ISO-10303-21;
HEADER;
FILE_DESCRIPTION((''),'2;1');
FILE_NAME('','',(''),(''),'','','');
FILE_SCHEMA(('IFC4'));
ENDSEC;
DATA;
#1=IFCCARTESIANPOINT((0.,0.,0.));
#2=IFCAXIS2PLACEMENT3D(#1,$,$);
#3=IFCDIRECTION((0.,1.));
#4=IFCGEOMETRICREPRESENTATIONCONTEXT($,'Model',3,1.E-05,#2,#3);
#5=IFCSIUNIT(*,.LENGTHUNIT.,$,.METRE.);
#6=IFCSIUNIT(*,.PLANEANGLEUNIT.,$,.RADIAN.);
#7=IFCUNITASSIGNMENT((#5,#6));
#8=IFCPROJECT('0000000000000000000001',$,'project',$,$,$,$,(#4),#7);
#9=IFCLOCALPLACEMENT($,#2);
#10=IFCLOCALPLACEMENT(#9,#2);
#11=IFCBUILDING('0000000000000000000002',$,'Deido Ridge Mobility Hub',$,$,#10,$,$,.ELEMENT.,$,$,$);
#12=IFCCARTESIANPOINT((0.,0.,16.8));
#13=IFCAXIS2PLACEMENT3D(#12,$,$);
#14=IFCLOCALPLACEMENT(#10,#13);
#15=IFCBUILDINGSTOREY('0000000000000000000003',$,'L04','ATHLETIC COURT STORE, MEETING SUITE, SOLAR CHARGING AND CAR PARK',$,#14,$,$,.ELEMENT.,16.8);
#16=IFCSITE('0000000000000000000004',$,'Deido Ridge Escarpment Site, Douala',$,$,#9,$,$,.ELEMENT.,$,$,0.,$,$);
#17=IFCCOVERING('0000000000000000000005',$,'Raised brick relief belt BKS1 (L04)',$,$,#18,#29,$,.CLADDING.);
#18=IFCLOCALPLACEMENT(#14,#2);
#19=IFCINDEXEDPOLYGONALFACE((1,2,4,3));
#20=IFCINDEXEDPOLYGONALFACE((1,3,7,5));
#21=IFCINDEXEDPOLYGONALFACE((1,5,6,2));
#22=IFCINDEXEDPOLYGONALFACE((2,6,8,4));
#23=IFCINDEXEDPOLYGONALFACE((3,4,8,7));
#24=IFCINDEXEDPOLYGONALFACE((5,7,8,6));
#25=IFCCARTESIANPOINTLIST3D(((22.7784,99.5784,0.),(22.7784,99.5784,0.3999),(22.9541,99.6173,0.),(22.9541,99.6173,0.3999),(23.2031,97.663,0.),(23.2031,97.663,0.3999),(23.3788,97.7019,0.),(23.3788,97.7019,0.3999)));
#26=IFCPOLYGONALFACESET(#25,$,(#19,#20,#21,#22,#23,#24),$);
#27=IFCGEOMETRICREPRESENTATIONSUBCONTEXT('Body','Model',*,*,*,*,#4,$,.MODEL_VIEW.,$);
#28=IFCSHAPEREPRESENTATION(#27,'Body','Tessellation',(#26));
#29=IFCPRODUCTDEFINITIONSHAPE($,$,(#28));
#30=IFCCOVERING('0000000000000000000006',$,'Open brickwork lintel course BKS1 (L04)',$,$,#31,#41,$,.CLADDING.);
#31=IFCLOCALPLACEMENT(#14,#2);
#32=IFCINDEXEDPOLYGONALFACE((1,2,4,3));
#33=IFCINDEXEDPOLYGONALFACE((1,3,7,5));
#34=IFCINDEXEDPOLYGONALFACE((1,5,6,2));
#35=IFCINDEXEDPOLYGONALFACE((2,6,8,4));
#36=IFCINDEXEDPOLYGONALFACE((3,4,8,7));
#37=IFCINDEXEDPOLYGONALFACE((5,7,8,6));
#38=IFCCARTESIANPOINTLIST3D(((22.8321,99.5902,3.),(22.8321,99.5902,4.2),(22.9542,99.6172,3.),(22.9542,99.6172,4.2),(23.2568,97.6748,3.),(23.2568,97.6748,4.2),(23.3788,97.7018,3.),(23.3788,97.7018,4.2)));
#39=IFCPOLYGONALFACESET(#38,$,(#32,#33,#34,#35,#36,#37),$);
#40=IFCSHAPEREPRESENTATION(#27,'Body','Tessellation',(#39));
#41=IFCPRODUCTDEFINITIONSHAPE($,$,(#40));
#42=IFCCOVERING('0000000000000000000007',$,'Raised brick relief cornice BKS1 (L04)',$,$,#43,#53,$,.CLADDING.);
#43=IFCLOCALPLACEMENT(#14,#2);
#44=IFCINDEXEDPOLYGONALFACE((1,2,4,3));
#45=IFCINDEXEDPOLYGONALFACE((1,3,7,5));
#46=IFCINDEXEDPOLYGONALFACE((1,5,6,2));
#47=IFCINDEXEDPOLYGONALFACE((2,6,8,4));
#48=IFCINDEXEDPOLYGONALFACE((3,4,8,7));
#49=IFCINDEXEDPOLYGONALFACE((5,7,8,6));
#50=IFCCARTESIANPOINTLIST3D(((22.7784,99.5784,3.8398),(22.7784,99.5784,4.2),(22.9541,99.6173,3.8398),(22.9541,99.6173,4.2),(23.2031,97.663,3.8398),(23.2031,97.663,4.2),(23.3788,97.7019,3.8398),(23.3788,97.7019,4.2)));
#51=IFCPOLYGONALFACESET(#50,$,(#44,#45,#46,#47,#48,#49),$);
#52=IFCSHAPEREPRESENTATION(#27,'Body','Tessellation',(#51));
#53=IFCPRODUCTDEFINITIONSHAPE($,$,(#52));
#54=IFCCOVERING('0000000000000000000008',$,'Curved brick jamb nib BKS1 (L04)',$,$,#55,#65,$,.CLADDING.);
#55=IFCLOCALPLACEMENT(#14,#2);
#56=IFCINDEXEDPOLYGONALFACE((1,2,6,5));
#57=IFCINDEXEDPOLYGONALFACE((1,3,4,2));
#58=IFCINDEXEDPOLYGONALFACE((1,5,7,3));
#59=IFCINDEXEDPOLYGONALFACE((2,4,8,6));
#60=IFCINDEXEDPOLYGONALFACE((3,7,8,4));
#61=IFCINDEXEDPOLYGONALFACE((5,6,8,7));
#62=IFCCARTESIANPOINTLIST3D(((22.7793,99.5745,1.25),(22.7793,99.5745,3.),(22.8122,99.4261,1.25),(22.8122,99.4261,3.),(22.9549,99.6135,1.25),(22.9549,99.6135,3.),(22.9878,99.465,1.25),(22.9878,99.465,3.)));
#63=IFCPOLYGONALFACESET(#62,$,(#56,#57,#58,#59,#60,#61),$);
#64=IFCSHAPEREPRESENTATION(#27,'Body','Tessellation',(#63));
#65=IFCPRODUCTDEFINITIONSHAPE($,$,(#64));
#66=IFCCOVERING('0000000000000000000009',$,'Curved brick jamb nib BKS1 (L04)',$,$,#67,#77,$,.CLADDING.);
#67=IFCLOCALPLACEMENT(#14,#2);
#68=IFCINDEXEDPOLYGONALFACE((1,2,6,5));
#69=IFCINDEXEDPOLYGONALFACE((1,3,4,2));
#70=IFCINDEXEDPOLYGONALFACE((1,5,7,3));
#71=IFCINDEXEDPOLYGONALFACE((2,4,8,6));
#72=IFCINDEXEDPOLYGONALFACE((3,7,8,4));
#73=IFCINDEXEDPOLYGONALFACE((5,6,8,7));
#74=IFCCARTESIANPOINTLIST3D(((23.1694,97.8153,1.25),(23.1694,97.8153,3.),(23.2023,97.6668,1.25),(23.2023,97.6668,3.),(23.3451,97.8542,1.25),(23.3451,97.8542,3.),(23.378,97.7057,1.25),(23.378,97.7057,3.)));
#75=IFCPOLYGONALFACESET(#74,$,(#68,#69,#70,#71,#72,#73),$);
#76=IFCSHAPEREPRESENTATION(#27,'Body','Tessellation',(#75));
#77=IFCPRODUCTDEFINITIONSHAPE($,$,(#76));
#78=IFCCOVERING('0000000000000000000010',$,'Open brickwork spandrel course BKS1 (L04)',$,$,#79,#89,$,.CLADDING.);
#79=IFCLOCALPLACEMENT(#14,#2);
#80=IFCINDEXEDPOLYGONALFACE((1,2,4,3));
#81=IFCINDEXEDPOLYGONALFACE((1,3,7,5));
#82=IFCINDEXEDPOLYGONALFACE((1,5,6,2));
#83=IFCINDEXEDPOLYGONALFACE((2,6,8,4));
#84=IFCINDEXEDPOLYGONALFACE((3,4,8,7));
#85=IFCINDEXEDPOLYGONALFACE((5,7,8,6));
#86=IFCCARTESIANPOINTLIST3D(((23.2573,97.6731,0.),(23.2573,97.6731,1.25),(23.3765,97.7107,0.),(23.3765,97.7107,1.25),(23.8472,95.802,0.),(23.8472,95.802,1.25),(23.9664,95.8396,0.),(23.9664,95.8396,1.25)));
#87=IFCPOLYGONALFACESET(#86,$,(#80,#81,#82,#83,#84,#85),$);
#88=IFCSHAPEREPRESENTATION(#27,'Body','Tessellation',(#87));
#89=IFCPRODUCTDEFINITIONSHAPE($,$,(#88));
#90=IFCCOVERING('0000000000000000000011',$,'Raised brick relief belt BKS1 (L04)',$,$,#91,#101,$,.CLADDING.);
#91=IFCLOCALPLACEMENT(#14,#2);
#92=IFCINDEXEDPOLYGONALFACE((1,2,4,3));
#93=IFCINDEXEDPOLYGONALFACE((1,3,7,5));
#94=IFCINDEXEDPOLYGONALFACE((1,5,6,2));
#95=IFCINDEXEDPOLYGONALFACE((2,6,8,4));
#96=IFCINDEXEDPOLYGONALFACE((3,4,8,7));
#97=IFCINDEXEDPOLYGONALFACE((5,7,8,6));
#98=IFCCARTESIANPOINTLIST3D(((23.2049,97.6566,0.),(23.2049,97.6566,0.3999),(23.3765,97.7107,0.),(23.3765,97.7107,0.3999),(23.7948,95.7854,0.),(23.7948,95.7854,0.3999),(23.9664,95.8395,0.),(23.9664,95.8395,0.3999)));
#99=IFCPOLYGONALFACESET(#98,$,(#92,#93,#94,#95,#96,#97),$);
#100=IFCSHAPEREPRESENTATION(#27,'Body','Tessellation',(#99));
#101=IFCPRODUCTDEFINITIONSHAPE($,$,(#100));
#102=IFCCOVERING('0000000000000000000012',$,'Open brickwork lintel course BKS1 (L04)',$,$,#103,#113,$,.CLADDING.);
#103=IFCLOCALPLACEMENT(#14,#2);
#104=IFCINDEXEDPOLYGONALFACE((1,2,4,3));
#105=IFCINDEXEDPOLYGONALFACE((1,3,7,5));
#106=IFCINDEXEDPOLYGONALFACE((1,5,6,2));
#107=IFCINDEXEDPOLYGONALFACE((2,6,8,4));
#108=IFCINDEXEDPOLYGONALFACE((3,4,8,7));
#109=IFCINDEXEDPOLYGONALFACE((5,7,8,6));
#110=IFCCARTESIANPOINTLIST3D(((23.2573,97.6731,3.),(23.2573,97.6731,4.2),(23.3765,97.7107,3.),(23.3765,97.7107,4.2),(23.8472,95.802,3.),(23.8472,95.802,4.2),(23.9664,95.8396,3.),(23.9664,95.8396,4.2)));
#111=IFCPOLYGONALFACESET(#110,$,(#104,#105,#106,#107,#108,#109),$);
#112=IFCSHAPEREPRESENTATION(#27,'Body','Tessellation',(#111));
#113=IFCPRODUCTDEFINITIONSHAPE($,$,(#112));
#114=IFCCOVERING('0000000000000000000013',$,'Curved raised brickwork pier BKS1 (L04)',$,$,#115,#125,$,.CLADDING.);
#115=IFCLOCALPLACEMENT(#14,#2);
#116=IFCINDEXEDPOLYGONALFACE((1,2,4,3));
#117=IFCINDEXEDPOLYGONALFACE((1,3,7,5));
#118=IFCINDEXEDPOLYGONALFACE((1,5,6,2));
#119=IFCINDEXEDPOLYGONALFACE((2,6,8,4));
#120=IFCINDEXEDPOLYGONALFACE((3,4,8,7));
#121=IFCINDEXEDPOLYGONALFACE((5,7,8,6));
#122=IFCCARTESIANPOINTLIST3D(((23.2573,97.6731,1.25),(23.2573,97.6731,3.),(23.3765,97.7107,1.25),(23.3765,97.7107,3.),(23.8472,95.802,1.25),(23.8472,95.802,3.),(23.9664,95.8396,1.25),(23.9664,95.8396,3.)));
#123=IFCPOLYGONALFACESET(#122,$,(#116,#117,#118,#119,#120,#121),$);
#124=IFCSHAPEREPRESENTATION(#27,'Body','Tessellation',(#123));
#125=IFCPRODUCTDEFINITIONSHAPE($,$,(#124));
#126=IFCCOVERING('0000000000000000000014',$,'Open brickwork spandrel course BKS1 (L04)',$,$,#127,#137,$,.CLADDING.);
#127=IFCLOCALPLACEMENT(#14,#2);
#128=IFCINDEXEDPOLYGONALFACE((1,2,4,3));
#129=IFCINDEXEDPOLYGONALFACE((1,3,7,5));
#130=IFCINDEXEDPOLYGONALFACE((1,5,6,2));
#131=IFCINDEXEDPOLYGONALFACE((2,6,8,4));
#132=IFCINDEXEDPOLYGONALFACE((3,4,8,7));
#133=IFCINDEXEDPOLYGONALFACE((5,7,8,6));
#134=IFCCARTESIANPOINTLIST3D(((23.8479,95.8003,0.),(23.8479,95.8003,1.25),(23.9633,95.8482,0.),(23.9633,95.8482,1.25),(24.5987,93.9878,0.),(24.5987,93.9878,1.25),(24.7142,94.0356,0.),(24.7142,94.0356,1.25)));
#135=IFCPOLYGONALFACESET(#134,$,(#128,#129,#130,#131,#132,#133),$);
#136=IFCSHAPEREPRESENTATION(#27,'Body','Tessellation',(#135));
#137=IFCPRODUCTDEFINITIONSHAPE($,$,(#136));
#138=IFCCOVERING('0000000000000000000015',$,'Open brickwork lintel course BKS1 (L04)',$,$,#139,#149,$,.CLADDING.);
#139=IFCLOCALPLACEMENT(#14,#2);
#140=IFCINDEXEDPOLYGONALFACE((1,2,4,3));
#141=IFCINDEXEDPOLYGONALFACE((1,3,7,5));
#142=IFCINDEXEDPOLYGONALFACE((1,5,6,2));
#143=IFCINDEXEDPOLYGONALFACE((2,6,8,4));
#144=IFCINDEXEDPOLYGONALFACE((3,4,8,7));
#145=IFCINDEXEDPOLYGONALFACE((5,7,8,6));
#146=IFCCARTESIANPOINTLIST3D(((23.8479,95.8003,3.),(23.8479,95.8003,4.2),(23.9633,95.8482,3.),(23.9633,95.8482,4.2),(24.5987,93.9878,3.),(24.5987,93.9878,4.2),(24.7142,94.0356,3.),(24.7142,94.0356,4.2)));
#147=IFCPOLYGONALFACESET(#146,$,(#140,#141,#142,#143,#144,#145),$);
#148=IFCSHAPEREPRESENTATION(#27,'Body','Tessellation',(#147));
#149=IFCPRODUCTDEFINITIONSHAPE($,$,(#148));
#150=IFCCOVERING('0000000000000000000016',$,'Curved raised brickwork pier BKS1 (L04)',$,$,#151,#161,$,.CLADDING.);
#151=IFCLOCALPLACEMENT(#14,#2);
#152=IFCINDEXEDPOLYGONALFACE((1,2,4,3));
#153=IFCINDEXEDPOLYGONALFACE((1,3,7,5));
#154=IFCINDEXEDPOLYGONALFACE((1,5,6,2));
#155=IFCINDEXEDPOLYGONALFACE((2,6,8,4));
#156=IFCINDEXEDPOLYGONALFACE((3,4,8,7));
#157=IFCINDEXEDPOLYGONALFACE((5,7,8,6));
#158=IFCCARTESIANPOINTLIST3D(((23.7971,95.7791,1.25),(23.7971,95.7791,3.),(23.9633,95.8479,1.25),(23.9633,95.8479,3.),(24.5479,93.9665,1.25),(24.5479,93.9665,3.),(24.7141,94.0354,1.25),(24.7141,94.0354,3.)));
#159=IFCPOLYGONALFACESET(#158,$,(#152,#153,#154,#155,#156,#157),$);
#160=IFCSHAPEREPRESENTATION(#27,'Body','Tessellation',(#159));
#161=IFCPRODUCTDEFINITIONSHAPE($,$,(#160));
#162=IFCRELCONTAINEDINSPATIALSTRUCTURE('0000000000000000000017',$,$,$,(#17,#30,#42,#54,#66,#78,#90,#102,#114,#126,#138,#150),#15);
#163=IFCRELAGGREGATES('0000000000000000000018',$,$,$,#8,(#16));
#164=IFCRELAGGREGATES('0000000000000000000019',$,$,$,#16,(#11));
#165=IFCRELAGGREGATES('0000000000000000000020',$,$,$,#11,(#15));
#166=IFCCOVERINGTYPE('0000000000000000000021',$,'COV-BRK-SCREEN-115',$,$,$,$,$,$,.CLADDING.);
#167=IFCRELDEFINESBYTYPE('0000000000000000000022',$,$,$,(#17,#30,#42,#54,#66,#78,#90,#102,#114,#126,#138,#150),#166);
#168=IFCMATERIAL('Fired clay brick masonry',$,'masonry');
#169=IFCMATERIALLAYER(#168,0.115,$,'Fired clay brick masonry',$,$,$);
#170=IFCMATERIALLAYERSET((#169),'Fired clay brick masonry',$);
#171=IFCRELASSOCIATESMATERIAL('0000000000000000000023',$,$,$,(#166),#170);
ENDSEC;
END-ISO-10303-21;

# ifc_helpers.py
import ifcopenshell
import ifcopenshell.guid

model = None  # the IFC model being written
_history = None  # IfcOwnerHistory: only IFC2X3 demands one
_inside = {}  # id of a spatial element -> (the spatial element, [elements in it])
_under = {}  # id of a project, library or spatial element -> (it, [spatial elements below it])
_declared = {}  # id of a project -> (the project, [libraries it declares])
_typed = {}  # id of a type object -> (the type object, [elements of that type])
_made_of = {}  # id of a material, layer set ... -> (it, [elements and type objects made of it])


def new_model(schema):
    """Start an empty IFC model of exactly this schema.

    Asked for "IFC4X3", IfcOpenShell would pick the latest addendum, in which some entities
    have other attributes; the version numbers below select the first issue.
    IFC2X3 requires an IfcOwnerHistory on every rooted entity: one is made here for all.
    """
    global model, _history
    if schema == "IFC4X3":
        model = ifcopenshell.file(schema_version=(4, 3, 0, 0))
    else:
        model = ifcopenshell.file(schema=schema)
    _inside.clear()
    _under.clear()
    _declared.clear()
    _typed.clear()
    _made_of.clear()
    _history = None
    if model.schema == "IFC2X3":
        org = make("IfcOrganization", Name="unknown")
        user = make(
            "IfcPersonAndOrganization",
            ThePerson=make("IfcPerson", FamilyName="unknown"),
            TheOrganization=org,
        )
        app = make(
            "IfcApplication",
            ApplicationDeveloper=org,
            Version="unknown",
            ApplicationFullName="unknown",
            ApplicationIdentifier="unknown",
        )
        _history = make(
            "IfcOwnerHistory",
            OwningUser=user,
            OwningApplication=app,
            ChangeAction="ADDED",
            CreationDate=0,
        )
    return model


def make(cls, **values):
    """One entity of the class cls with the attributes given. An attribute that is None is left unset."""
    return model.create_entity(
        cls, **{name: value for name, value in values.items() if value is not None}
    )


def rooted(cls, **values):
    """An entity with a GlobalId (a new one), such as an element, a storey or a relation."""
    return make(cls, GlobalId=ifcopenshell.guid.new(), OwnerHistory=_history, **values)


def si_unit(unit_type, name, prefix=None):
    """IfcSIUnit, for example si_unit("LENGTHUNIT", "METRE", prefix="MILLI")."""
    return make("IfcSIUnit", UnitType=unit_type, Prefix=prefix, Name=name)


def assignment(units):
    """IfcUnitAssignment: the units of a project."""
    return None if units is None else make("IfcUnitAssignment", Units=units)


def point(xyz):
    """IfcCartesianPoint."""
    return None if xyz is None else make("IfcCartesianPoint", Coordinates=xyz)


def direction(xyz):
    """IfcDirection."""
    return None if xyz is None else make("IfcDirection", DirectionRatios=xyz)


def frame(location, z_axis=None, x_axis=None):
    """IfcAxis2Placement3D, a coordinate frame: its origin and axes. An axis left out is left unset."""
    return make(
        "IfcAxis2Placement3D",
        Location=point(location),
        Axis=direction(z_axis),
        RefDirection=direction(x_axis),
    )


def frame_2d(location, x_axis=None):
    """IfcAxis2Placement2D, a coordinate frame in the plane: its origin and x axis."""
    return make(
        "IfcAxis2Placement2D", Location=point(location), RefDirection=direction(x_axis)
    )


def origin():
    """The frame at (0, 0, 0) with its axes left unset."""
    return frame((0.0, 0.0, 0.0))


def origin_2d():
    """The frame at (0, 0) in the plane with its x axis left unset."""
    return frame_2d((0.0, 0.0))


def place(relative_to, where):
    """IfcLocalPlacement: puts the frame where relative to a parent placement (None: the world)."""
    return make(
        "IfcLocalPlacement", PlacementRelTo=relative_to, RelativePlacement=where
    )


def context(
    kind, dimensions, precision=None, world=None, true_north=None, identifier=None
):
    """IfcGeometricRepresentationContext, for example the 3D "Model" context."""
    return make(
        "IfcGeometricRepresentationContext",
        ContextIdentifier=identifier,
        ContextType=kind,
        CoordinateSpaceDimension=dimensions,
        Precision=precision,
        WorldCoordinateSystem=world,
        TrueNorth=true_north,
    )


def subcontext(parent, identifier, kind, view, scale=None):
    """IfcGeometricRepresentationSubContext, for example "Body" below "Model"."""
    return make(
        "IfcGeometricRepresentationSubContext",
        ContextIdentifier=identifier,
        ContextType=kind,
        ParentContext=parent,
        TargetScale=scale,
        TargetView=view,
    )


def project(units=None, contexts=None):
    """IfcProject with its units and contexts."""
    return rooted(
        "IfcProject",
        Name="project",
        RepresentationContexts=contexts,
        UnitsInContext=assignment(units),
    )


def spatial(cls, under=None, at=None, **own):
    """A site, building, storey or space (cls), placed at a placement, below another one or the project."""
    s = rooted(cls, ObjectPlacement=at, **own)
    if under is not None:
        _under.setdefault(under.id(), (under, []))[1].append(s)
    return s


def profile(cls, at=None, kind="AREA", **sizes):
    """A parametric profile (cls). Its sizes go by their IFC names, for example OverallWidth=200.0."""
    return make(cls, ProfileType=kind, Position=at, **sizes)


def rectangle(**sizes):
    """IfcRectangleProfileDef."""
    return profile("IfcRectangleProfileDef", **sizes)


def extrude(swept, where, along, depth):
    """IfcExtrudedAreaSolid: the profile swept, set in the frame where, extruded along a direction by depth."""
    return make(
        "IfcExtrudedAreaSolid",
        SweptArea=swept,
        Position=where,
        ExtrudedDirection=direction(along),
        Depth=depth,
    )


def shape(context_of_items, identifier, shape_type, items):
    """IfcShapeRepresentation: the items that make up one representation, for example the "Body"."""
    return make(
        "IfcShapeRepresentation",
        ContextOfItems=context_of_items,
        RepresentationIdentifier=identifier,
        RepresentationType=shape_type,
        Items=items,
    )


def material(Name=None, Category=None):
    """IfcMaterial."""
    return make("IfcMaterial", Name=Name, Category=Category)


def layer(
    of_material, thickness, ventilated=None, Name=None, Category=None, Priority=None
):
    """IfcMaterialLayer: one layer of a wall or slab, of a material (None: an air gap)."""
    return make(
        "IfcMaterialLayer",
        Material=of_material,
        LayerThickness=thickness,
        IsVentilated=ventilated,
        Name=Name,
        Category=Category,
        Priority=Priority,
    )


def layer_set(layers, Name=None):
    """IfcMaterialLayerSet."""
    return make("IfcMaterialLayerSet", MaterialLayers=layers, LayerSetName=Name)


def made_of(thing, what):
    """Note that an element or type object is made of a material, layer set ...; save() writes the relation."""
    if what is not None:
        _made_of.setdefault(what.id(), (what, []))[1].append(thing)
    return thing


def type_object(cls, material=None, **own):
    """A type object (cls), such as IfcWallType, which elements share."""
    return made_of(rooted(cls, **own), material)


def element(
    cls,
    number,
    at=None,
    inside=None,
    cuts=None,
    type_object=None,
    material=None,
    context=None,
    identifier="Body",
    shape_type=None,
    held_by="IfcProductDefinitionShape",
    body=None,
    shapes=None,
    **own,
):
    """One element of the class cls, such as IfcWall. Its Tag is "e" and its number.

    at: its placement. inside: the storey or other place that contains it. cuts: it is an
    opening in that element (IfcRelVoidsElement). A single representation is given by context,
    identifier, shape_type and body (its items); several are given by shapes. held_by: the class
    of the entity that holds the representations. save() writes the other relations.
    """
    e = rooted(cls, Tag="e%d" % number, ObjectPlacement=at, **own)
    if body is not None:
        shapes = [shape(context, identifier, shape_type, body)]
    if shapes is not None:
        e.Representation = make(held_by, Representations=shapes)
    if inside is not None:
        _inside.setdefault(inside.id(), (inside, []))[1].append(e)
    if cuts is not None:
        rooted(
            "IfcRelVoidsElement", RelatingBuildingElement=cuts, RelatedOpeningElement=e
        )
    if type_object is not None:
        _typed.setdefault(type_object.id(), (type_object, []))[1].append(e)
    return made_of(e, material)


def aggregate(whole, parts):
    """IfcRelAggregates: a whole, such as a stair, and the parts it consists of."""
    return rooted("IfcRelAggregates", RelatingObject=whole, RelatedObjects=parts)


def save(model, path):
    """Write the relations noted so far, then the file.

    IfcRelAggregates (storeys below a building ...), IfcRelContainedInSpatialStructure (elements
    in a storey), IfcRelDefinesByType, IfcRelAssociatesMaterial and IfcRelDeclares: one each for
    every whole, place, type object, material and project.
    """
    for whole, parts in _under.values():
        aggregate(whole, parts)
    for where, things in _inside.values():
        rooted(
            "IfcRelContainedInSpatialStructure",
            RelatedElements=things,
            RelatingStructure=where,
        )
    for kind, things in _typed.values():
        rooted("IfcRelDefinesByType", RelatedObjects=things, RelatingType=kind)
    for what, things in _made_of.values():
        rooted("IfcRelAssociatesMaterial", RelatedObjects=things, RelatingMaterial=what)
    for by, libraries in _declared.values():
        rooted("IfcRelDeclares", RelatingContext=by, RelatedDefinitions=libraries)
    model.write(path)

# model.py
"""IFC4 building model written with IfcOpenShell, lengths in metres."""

from ifc_helpers import new_model, si_unit, direction, frame, origin, origin_2d, place, context, subcontext, project, spatial, rectangle, extrude, material, layer, layer_set, type_object, element, save


model = new_model("IFC4")

# Units and contexts
model_context = context("Model", 3, precision=1e-05, world=origin(), true_north=direction((0.0, 1.0)))
body_context = subcontext(model_context, "Body", "Model", "MODEL_VIEW")
ifc_project = project(units=[si_unit("LENGTHUNIT", "METRE"), si_unit("PLANEANGLEUNIT", "RADIAN")], contexts=[model_context])

# Site, building, storey
site_placement = place(None, origin())
site = spatial("IfcSite", under=ifc_project, at=site_placement, Name="Deido Ridge Escarpment Site, Douala", CompositionType="ELEMENT", RefElevation=0.0)
building_placement = place(site_placement, origin())
building = spatial("IfcBuilding", under=site, at=building_placement, Name="Deido Ridge Mobility Hub", CompositionType="ELEMENT")
storey_placement = place(building_placement, frame((0.0, 0.0, 16.8)))
storey = spatial("IfcBuildingStorey", under=building, at=storey_placement, Name="L04", Description="ATHLETIC COURT STORE, MEETING SUITE, SOLAR CHARGING AND CAR PARK", CompositionType="ELEMENT", Elevation=16.8)

# Coverings
ifc_material_1 = material(Name="Fired clay brick masonry", Category="masonry")
ifc_layer = layer(ifc_material_1, 0.115, Name="Fired clay brick masonry")
ifc_layer_set = layer_set([ifc_layer], Name="Fired clay brick masonry")
covering_type = type_object("IfcCoveringType", Name="COV-BRK-SCREEN-115", PredefinedType="CLADDING", material=ifc_layer_set)
covering_1_placement = place(storey_placement, frame((23.0786, 98.6401, 0.0), z_axis=(0.0, 0.0, 1.0), x_axis=(0.216457, -0.976292, 0.0)))
element("IfcCovering", 1, at=covering_1_placement, inside=storey, type_object=covering_type, Name="Raised brick relief belt BKS1 (L04)", PredefinedType="CLADDING", context=body_context, shape_type="SweptSolid", body=[
    extrude(rectangle(XDim=1.9619, YDim=0.1799, at=origin_2d()), origin(), (0.0, 0.0, 1.0), 0.3999),
])
covering_2_placement = place(storey_placement, frame((23.1055, 98.646, 3.0), z_axis=(0.0, 0.0, 1.0), x_axis=(0.216457, -0.976292, 0.0)))
element("IfcCovering", 2, at=covering_2_placement, inside=storey, type_object=covering_type, Name="Open brickwork lintel course BKS1 (L04)", PredefinedType="CLADDING", context=body_context, shape_type="SweptSolid", body=[
    extrude(rectangle(XDim=1.9619, YDim=0.125, at=origin_2d()), origin(), (0.0, 0.0, 1.0), 1.2),
])
covering_3_placement = place(storey_placement, frame((23.0786, 98.6401, 3.8398), z_axis=(0.0, 0.0, 1.0), x_axis=(0.216457, -0.976292, 0.0)))
element("IfcCovering", 3, at=covering_3_placement, inside=storey, type_object=covering_type, Name="Raised brick relief cornice BKS1 (L04)", PredefinedType="CLADDING", context=body_context, shape_type="SweptSolid", body=[
    extrude(rectangle(XDim=1.9619, YDim=0.1799, at=origin_2d()), origin(), (0.0, 0.0, 1.0), 0.3601),
])
for number, where, z_axis, x_axis, name in (
    (4, (22.8835, 99.5198, 1.25), (0.0, 0.0, 1.0), (0.216457, -0.976292, 0.0), "Curved brick jamb nib BKS1 (L04)"),
    (5, (23.2737, 97.7605, 1.25), (0.0, 0.0, 1.0), (0.216457, -0.976292, 0.0), "Curved brick jamb nib BKS1 (L04)"),
):
    element("IfcCovering", number, at=place(storey_placement, frame(where, z_axis=z_axis, x_axis=x_axis)), inside=storey, type_object=covering_type, Name=name, PredefinedType="CLADDING", context=body_context, shape_type="SweptSolid", body=[
        extrude(rectangle(XDim=0.1521, YDim=0.1799, at=origin_2d()), origin(), (0.0, 0.0, 1.0), 1.75),
    ])
covering_4_placement = place(storey_placement, frame((23.6118, 96.7563, 0.0), z_axis=(0.0, 0.0, 1.0), x_axis=(0.300673, -0.953727, 0.0)))
element("IfcCovering", 6, at=covering_4_placement, inside=storey, type_object=covering_type, Name="Open brickwork spandrel course BKS1 (L04)", PredefinedType="CLADDING", context=body_context, shape_type="SweptSolid", body=[
    extrude(rectangle(XDim=1.9619, YDim=0.125, at=origin_2d()), origin(), (0.0, 0.0, 1.0), 1.25),
])
covering_5_placement = place(storey_placement, frame((23.5857, 96.748, 0.0), z_axis=(0.0, 0.0, 1.0), x_axis=(0.300673, -0.953727, 0.0)))
element("IfcCovering", 7, at=covering_5_placement, inside=storey, type_object=covering_type, Name="Raised brick relief belt BKS1 (L04)", PredefinedType="CLADDING", context=body_context, shape_type="SweptSolid", body=[
    extrude(rectangle(XDim=1.9619, YDim=0.1799, at=origin_2d()), origin(), (0.0, 0.0, 1.0), 0.3999),
])
covering_6_placement = place(storey_placement, frame((23.6118, 96.7563, 3.0), z_axis=(0.0, 0.0, 1.0), x_axis=(0.300673, -0.953727, 0.0)))
element("IfcCovering", 8, at=covering_6_placement, inside=storey, type_object=covering_type, Name="Open brickwork lintel course BKS1 (L04)", PredefinedType="CLADDING", context=body_context, shape_type="SweptSolid", body=[
    extrude(rectangle(XDim=1.9619, YDim=0.125, at=origin_2d()), origin(), (0.0, 0.0, 1.0), 1.2),
])
covering_7_placement = place(storey_placement, frame((23.6118, 96.7563, 1.25), z_axis=(0.0, 0.0, 1.0), x_axis=(0.300673, -0.953727, 0.0)))
element("IfcCovering", 9, at=covering_7_placement, inside=storey, type_object=covering_type, Name="Curved raised brickwork pier BKS1 (L04)", PredefinedType="CLADDING", context=body_context, shape_type="SweptSolid", body=[
    extrude(rectangle(XDim=1.9619, YDim=0.125, at=origin_2d()), origin(), (0.0, 0.0, 1.0), 1.75),
])
covering_8_placement = place(storey_placement, frame((24.281, 94.918, 0.0), z_axis=(0.0, 0.0, 1.0), x_axis=(0.3827, -0.923873, 0.0)))
element("IfcCovering", 10, at=covering_8_placement, inside=storey, type_object=covering_type, Name="Open brickwork spandrel course BKS1 (L04)", PredefinedType="CLADDING", context=body_context, shape_type="SweptSolid", body=[
    extrude(rectangle(XDim=1.9619, YDim=0.125, at=origin_2d()), origin(), (0.0, 0.0, 1.0), 1.25),
])
covering_9_placement = place(storey_placement, frame((24.281, 94.918, 3.0), z_axis=(0.0, 0.0, 1.0), x_axis=(0.3827, -0.923873, 0.0)))
element("IfcCovering", 11, at=covering_9_placement, inside=storey, type_object=covering_type, Name="Open brickwork lintel course BKS1 (L04)", PredefinedType="CLADDING", context=body_context, shape_type="SweptSolid", body=[
    extrude(rectangle(XDim=1.9619, YDim=0.125, at=origin_2d()), origin(), (0.0, 0.0, 1.0), 1.2),
])
covering_10_placement = place(storey_placement, frame((24.2556, 94.9072, 1.25), z_axis=(0.0, 0.0, 1.0), x_axis=(0.3827, -0.923873, 0.0)))
element("IfcCovering", 12, at=covering_10_placement, inside=storey, type_object=covering_type, Name="Curved raised brickwork pier BKS1 (L04)", PredefinedType="CLADDING", context=body_context, shape_type="SweptSolid", body=[
    extrude(rectangle(XDim=1.9619, YDim=0.1799, at=origin_2d()), origin(), (0.0, 0.0, 1.0), 1.75),
])

save(model, "model.ifc")
